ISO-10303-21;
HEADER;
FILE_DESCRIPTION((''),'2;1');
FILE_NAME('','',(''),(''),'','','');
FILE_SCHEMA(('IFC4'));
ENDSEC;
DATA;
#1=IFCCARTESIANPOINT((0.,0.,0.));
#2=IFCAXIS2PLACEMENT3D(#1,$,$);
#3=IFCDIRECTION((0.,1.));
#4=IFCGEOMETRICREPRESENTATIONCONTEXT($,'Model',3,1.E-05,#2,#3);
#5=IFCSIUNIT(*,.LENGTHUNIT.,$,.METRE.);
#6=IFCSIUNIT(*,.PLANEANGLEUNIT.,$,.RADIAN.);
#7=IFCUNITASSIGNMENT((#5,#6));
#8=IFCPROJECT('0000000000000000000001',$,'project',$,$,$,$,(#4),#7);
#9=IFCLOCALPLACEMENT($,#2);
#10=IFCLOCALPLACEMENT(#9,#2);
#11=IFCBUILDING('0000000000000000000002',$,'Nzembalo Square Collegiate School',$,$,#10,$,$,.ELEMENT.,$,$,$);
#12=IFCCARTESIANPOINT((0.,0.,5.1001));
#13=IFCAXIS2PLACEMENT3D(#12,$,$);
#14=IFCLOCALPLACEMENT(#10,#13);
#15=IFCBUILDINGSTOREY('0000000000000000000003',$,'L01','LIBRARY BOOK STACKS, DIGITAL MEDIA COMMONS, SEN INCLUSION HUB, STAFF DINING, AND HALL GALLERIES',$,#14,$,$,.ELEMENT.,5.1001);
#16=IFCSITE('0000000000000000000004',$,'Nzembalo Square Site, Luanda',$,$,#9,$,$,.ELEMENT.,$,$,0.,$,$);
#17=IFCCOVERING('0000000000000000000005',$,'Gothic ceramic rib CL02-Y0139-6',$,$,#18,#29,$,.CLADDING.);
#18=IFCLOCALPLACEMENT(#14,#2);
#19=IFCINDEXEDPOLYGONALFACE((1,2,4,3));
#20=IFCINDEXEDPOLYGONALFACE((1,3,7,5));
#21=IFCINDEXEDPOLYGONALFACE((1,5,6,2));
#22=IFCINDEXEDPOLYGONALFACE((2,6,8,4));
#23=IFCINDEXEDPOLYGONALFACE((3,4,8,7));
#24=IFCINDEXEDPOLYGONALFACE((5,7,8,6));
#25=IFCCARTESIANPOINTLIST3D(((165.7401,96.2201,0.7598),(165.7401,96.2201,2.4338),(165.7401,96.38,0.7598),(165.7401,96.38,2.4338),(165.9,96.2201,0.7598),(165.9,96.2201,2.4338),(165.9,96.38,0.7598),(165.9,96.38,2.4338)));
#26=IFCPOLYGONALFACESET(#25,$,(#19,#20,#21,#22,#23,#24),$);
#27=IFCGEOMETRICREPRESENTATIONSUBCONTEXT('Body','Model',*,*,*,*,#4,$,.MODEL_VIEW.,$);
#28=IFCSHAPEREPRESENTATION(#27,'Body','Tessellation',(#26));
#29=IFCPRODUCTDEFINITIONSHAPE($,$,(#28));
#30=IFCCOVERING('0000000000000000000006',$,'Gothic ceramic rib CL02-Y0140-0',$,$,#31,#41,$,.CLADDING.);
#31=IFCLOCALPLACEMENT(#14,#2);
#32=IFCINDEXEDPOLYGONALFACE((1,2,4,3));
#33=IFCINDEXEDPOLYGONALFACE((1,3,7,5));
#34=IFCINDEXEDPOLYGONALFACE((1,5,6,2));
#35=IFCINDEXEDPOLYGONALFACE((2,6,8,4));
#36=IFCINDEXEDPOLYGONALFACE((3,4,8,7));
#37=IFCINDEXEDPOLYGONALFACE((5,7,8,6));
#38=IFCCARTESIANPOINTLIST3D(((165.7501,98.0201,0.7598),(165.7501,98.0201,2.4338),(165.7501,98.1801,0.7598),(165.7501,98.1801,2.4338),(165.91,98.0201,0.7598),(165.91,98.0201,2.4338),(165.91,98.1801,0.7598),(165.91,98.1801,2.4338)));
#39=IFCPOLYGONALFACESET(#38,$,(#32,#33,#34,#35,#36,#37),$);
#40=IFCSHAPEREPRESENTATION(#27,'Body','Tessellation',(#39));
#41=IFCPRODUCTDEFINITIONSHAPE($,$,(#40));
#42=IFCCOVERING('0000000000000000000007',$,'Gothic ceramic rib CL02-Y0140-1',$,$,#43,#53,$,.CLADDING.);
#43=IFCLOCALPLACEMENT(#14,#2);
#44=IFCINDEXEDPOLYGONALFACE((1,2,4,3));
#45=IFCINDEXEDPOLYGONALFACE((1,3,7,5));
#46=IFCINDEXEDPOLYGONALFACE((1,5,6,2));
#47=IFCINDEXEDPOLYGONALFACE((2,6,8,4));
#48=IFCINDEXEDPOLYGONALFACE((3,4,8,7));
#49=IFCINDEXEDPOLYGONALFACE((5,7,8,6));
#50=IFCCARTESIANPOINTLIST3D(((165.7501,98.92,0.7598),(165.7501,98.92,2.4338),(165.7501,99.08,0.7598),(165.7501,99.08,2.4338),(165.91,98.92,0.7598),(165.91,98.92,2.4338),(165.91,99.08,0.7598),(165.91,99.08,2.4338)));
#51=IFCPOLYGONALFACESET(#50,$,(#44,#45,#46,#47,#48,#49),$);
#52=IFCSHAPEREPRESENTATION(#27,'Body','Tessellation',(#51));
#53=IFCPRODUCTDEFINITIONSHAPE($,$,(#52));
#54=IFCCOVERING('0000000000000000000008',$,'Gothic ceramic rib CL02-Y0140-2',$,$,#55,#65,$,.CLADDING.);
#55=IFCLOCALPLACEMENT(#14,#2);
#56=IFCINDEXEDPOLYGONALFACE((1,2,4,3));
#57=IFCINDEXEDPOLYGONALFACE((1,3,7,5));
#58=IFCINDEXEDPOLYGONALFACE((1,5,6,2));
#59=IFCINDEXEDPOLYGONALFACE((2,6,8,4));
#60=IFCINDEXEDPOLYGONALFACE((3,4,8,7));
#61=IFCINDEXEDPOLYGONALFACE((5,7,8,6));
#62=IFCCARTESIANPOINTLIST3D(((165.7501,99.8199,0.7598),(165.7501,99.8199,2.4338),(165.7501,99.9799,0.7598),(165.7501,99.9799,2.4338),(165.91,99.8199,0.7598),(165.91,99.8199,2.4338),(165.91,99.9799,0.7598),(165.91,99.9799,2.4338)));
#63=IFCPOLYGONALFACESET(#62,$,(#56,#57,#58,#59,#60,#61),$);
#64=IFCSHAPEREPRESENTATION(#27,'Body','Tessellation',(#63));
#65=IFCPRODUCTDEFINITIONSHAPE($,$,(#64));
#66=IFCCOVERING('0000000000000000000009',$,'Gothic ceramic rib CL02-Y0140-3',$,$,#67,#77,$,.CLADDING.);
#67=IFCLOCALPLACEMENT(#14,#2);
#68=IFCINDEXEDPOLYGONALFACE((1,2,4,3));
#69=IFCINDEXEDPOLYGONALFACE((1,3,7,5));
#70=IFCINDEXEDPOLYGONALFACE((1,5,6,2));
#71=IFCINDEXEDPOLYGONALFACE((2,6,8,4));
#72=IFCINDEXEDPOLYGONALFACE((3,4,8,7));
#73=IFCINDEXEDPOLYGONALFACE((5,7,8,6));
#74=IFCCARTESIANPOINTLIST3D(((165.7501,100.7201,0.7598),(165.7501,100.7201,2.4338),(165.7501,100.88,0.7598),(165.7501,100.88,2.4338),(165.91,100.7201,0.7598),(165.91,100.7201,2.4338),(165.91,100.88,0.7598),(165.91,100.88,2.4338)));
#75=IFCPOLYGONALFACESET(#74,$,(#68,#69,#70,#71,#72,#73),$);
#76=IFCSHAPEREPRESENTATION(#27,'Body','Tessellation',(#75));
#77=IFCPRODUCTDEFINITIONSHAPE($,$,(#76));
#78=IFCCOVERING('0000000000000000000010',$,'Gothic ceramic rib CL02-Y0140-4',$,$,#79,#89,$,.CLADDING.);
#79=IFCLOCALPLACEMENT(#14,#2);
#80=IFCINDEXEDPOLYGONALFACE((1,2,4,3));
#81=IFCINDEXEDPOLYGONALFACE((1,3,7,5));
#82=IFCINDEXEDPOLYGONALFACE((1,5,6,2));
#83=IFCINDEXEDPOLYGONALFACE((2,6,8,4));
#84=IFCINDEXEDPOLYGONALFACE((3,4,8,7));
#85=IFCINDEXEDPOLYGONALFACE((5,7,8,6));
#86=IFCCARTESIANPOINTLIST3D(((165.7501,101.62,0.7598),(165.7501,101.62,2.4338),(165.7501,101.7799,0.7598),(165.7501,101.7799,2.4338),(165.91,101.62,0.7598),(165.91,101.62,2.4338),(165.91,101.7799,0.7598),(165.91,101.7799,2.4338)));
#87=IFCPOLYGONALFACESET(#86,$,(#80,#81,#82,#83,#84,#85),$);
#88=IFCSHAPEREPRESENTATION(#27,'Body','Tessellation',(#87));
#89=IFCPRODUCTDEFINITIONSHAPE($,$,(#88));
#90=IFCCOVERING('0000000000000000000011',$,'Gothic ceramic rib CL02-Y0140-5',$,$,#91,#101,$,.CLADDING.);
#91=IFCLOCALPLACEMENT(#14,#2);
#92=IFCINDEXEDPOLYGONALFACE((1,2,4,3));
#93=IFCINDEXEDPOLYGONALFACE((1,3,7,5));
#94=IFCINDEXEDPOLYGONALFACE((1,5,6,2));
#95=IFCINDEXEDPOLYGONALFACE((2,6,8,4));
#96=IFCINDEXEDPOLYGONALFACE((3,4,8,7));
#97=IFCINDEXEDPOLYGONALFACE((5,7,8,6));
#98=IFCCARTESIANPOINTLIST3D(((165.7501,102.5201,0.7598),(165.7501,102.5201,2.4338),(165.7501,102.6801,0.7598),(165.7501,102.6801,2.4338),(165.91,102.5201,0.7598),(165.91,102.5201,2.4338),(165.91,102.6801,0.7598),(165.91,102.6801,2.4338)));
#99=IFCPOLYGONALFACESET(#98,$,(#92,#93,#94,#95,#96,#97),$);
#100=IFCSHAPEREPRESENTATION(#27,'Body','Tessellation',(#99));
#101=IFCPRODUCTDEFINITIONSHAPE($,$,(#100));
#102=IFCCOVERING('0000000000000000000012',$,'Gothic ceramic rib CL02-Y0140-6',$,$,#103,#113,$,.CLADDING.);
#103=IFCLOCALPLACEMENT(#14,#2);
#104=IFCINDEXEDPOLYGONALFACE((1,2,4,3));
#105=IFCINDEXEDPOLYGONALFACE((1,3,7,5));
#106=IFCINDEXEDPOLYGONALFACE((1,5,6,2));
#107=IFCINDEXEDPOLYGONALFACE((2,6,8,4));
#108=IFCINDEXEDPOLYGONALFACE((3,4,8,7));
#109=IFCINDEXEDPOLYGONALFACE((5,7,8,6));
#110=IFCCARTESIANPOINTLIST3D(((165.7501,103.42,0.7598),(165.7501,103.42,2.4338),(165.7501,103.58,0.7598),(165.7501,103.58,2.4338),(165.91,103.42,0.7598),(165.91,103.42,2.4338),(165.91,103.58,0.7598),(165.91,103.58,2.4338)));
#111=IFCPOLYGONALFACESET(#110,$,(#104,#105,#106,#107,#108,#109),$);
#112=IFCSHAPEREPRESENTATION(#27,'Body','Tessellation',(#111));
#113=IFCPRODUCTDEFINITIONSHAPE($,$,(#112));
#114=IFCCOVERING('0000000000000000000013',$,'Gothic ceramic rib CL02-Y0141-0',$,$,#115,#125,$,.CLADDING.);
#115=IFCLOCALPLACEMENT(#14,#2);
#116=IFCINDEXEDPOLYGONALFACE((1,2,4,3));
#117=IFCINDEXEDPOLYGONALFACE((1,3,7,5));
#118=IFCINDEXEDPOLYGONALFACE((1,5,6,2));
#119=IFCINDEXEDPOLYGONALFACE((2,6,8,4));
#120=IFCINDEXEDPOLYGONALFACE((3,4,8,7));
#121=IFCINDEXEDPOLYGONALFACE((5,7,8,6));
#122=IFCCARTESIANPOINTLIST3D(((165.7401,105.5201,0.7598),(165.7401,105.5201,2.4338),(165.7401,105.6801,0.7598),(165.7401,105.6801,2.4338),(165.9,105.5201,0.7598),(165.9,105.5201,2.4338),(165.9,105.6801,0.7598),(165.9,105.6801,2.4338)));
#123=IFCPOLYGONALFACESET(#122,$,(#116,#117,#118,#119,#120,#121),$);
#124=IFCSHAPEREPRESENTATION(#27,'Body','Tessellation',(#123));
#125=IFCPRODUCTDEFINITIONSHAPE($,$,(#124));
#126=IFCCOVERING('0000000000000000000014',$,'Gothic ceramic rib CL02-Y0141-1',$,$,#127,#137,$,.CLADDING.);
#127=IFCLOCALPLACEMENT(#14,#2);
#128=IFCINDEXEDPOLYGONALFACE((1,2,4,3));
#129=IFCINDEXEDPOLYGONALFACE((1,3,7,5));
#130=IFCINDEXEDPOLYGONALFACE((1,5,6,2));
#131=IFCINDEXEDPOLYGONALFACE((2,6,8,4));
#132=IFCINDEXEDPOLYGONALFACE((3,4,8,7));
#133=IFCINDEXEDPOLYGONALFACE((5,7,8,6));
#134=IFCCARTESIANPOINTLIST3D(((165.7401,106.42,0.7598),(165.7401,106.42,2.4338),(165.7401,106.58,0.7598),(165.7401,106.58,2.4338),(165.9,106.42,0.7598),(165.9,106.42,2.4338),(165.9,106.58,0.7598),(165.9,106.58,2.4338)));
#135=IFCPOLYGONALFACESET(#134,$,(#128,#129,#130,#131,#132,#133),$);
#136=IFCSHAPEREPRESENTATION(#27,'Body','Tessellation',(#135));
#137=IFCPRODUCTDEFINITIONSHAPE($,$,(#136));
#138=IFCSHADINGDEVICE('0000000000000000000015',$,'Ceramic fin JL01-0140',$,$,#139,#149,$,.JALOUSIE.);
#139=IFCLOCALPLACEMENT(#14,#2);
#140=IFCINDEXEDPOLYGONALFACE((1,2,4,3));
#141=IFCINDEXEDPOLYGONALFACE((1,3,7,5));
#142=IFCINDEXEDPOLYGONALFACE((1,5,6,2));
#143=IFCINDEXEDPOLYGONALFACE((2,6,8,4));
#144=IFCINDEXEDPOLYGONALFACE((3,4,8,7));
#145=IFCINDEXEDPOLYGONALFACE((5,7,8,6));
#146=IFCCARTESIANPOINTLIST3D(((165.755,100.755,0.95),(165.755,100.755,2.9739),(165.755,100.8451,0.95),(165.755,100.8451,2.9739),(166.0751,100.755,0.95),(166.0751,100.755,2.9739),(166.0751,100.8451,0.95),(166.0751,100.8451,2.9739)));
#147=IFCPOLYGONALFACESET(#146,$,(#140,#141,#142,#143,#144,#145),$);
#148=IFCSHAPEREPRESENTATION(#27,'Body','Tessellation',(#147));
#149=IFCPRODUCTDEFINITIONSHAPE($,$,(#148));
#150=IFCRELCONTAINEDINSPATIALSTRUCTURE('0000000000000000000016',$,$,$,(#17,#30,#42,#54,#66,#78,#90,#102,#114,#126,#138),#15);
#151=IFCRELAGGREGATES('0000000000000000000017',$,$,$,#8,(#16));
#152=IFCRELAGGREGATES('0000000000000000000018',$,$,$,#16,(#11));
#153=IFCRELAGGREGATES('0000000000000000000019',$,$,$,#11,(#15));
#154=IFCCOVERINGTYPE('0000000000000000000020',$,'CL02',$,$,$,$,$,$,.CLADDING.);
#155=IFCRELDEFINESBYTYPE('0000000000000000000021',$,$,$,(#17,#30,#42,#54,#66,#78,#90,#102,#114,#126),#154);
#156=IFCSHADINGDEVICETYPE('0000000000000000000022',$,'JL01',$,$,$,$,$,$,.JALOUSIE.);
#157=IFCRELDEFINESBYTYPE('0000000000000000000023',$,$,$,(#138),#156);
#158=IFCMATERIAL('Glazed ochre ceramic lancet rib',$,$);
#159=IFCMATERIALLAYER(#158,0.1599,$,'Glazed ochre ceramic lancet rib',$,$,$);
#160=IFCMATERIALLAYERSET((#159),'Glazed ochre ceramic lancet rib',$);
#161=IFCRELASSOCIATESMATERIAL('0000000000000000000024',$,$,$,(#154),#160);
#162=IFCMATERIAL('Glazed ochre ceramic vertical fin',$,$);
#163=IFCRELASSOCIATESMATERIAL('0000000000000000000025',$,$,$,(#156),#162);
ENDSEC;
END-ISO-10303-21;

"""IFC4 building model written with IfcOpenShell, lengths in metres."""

from ifc_helpers import new_model, si_unit, direction, frame, origin, origin_2d, place, context, subcontext, project, spatial, rectangle, extrude, material, layer, layer_set, type_object, element, save


model = new_model("IFC4")

# Units and contexts
model_context = context("Model", 3, precision=1e-05, world=origin(), true_north=direction((0.0, 1.0)))
body_context = subcontext(model_context, "Body", "Model", "MODEL_VIEW")
ifc_project = project(units=[si_unit("LENGTHUNIT", "METRE"), si_unit("PLANEANGLEUNIT", "RADIAN")], contexts=[model_context])

# Site, building, storey
site_placement = place(None, origin())
site = spatial("IfcSite", under=ifc_project, at=site_placement, Name="Nzembalo Square Site, Luanda", CompositionType="ELEMENT", RefElevation=0.0)
building_placement = place(site_placement, origin())
building = spatial("IfcBuilding", under=site, at=building_placement, Name="Nzembalo Square Collegiate School", CompositionType="ELEMENT")
storey_placement = place(building_placement, frame((0.0, 0.0, 5.1001)))
storey = spatial("IfcBuildingStorey", under=building, at=storey_placement, Name="L01", Description="LIBRARY BOOK STACKS, DIGITAL MEDIA COMMONS, SEN INCLUSION HUB, STAFF DINING, AND HALL GALLERIES", CompositionType="ELEMENT", Elevation=5.1001)

# Coverings
ifc_material_1 = material(Name="Glazed ochre ceramic lancet rib")
ifc_layer_1 = layer(ifc_material_1, 0.1599, Name="Glazed ochre ceramic lancet rib")
ifc_layer_set_1 = layer_set([ifc_layer_1], Name="Glazed ochre ceramic lancet rib")
covering_type_1 = type_object("IfcCoveringType", Name="CL02", PredefinedType="CLADDING", material=ifc_layer_set_1)
for number, where, z_axis, x_axis, name in (
    (1, (165.8201, 96.3, 0.7598), (0.0, 0.0, 1.0), (1.0, 0.0, 0.0), "Gothic ceramic rib CL02-Y0139-6"),
    (2, (165.8301, 98.1001, 0.7598), (0.0, 0.0, 1.0), (1.0, 0.0, 0.0), "Gothic ceramic rib CL02-Y0140-0"),
    (3, (165.8301, 99.0, 0.7598), (0.0, 0.0, 1.0), (1.0, 0.0, 0.0), "Gothic ceramic rib CL02-Y0140-1"),
    (4, (165.8301, 99.8999, 0.7598), (0.0, 0.0, 1.0), (1.0, 0.0, 0.0), "Gothic ceramic rib CL02-Y0140-2"),
    (5, (165.8301, 100.8, 0.7598), (0.0, 0.0, 1.0), (1.0, 0.0, 0.0), "Gothic ceramic rib CL02-Y0140-3"),
    (6, (165.8301, 101.7, 0.7598), (0.0, 0.0, 1.0), (1.0, 0.0, 0.0), "Gothic ceramic rib CL02-Y0140-4"),
    (7, (165.8301, 102.6001, 0.7598), (0.0, 0.0, 1.0), (1.0, 0.0, 0.0), "Gothic ceramic rib CL02-Y0140-5"),
    (8, (165.8301, 103.5, 0.7598), (0.0, 0.0, 1.0), (1.0, 0.0, 0.0), "Gothic ceramic rib CL02-Y0140-6"),
    (9, (165.8201, 105.6001, 0.7598), (0.0, 0.0, 1.0), (1.0, 0.0, 0.0), "Gothic ceramic rib CL02-Y0141-0"),
    (10, (165.8201, 106.5, 0.7598), (0.0, 0.0, 1.0), (1.0, 0.0, 0.0), "Gothic ceramic rib CL02-Y0141-1"),
):
    element("IfcCovering", number, at=place(storey_placement, frame(where, z_axis=z_axis, x_axis=x_axis)), inside=storey, type_object=covering_type_1, Name=name, PredefinedType="CLADDING", context=body_context, shape_type="SweptSolid", body=[
        extrude(rectangle(XDim=0.1599, YDim=0.1599, at=origin_2d()), origin(), (0.0, 0.0, 1.0), 1.6741),
    ])

# Shading device
ifc_material_2 = material(Name="Glazed ochre ceramic vertical fin")
shading_device_type = type_object("IfcShadingDeviceType", Name="JL01", PredefinedType="JALOUSIE", material=ifc_material_2)
shading_device_placement = place(storey_placement, frame((165.915, 100.8, 0.95), z_axis=(0.0, 0.0, 1.0), x_axis=(1.0, 0.0, 0.0)))
element("IfcShadingDevice", 11, at=shading_device_placement, inside=storey, type_object=shading_device_type, Name="Ceramic fin JL01-0140", PredefinedType="JALOUSIE", context=body_context, shape_type="SweptSolid", body=[
    extrude(rectangle(XDim=0.3201, YDim=0.0901, at=origin_2d()), origin(), (0.0, 0.0, 1.0), 2.0239),
])

save(model, "model.ifc")
